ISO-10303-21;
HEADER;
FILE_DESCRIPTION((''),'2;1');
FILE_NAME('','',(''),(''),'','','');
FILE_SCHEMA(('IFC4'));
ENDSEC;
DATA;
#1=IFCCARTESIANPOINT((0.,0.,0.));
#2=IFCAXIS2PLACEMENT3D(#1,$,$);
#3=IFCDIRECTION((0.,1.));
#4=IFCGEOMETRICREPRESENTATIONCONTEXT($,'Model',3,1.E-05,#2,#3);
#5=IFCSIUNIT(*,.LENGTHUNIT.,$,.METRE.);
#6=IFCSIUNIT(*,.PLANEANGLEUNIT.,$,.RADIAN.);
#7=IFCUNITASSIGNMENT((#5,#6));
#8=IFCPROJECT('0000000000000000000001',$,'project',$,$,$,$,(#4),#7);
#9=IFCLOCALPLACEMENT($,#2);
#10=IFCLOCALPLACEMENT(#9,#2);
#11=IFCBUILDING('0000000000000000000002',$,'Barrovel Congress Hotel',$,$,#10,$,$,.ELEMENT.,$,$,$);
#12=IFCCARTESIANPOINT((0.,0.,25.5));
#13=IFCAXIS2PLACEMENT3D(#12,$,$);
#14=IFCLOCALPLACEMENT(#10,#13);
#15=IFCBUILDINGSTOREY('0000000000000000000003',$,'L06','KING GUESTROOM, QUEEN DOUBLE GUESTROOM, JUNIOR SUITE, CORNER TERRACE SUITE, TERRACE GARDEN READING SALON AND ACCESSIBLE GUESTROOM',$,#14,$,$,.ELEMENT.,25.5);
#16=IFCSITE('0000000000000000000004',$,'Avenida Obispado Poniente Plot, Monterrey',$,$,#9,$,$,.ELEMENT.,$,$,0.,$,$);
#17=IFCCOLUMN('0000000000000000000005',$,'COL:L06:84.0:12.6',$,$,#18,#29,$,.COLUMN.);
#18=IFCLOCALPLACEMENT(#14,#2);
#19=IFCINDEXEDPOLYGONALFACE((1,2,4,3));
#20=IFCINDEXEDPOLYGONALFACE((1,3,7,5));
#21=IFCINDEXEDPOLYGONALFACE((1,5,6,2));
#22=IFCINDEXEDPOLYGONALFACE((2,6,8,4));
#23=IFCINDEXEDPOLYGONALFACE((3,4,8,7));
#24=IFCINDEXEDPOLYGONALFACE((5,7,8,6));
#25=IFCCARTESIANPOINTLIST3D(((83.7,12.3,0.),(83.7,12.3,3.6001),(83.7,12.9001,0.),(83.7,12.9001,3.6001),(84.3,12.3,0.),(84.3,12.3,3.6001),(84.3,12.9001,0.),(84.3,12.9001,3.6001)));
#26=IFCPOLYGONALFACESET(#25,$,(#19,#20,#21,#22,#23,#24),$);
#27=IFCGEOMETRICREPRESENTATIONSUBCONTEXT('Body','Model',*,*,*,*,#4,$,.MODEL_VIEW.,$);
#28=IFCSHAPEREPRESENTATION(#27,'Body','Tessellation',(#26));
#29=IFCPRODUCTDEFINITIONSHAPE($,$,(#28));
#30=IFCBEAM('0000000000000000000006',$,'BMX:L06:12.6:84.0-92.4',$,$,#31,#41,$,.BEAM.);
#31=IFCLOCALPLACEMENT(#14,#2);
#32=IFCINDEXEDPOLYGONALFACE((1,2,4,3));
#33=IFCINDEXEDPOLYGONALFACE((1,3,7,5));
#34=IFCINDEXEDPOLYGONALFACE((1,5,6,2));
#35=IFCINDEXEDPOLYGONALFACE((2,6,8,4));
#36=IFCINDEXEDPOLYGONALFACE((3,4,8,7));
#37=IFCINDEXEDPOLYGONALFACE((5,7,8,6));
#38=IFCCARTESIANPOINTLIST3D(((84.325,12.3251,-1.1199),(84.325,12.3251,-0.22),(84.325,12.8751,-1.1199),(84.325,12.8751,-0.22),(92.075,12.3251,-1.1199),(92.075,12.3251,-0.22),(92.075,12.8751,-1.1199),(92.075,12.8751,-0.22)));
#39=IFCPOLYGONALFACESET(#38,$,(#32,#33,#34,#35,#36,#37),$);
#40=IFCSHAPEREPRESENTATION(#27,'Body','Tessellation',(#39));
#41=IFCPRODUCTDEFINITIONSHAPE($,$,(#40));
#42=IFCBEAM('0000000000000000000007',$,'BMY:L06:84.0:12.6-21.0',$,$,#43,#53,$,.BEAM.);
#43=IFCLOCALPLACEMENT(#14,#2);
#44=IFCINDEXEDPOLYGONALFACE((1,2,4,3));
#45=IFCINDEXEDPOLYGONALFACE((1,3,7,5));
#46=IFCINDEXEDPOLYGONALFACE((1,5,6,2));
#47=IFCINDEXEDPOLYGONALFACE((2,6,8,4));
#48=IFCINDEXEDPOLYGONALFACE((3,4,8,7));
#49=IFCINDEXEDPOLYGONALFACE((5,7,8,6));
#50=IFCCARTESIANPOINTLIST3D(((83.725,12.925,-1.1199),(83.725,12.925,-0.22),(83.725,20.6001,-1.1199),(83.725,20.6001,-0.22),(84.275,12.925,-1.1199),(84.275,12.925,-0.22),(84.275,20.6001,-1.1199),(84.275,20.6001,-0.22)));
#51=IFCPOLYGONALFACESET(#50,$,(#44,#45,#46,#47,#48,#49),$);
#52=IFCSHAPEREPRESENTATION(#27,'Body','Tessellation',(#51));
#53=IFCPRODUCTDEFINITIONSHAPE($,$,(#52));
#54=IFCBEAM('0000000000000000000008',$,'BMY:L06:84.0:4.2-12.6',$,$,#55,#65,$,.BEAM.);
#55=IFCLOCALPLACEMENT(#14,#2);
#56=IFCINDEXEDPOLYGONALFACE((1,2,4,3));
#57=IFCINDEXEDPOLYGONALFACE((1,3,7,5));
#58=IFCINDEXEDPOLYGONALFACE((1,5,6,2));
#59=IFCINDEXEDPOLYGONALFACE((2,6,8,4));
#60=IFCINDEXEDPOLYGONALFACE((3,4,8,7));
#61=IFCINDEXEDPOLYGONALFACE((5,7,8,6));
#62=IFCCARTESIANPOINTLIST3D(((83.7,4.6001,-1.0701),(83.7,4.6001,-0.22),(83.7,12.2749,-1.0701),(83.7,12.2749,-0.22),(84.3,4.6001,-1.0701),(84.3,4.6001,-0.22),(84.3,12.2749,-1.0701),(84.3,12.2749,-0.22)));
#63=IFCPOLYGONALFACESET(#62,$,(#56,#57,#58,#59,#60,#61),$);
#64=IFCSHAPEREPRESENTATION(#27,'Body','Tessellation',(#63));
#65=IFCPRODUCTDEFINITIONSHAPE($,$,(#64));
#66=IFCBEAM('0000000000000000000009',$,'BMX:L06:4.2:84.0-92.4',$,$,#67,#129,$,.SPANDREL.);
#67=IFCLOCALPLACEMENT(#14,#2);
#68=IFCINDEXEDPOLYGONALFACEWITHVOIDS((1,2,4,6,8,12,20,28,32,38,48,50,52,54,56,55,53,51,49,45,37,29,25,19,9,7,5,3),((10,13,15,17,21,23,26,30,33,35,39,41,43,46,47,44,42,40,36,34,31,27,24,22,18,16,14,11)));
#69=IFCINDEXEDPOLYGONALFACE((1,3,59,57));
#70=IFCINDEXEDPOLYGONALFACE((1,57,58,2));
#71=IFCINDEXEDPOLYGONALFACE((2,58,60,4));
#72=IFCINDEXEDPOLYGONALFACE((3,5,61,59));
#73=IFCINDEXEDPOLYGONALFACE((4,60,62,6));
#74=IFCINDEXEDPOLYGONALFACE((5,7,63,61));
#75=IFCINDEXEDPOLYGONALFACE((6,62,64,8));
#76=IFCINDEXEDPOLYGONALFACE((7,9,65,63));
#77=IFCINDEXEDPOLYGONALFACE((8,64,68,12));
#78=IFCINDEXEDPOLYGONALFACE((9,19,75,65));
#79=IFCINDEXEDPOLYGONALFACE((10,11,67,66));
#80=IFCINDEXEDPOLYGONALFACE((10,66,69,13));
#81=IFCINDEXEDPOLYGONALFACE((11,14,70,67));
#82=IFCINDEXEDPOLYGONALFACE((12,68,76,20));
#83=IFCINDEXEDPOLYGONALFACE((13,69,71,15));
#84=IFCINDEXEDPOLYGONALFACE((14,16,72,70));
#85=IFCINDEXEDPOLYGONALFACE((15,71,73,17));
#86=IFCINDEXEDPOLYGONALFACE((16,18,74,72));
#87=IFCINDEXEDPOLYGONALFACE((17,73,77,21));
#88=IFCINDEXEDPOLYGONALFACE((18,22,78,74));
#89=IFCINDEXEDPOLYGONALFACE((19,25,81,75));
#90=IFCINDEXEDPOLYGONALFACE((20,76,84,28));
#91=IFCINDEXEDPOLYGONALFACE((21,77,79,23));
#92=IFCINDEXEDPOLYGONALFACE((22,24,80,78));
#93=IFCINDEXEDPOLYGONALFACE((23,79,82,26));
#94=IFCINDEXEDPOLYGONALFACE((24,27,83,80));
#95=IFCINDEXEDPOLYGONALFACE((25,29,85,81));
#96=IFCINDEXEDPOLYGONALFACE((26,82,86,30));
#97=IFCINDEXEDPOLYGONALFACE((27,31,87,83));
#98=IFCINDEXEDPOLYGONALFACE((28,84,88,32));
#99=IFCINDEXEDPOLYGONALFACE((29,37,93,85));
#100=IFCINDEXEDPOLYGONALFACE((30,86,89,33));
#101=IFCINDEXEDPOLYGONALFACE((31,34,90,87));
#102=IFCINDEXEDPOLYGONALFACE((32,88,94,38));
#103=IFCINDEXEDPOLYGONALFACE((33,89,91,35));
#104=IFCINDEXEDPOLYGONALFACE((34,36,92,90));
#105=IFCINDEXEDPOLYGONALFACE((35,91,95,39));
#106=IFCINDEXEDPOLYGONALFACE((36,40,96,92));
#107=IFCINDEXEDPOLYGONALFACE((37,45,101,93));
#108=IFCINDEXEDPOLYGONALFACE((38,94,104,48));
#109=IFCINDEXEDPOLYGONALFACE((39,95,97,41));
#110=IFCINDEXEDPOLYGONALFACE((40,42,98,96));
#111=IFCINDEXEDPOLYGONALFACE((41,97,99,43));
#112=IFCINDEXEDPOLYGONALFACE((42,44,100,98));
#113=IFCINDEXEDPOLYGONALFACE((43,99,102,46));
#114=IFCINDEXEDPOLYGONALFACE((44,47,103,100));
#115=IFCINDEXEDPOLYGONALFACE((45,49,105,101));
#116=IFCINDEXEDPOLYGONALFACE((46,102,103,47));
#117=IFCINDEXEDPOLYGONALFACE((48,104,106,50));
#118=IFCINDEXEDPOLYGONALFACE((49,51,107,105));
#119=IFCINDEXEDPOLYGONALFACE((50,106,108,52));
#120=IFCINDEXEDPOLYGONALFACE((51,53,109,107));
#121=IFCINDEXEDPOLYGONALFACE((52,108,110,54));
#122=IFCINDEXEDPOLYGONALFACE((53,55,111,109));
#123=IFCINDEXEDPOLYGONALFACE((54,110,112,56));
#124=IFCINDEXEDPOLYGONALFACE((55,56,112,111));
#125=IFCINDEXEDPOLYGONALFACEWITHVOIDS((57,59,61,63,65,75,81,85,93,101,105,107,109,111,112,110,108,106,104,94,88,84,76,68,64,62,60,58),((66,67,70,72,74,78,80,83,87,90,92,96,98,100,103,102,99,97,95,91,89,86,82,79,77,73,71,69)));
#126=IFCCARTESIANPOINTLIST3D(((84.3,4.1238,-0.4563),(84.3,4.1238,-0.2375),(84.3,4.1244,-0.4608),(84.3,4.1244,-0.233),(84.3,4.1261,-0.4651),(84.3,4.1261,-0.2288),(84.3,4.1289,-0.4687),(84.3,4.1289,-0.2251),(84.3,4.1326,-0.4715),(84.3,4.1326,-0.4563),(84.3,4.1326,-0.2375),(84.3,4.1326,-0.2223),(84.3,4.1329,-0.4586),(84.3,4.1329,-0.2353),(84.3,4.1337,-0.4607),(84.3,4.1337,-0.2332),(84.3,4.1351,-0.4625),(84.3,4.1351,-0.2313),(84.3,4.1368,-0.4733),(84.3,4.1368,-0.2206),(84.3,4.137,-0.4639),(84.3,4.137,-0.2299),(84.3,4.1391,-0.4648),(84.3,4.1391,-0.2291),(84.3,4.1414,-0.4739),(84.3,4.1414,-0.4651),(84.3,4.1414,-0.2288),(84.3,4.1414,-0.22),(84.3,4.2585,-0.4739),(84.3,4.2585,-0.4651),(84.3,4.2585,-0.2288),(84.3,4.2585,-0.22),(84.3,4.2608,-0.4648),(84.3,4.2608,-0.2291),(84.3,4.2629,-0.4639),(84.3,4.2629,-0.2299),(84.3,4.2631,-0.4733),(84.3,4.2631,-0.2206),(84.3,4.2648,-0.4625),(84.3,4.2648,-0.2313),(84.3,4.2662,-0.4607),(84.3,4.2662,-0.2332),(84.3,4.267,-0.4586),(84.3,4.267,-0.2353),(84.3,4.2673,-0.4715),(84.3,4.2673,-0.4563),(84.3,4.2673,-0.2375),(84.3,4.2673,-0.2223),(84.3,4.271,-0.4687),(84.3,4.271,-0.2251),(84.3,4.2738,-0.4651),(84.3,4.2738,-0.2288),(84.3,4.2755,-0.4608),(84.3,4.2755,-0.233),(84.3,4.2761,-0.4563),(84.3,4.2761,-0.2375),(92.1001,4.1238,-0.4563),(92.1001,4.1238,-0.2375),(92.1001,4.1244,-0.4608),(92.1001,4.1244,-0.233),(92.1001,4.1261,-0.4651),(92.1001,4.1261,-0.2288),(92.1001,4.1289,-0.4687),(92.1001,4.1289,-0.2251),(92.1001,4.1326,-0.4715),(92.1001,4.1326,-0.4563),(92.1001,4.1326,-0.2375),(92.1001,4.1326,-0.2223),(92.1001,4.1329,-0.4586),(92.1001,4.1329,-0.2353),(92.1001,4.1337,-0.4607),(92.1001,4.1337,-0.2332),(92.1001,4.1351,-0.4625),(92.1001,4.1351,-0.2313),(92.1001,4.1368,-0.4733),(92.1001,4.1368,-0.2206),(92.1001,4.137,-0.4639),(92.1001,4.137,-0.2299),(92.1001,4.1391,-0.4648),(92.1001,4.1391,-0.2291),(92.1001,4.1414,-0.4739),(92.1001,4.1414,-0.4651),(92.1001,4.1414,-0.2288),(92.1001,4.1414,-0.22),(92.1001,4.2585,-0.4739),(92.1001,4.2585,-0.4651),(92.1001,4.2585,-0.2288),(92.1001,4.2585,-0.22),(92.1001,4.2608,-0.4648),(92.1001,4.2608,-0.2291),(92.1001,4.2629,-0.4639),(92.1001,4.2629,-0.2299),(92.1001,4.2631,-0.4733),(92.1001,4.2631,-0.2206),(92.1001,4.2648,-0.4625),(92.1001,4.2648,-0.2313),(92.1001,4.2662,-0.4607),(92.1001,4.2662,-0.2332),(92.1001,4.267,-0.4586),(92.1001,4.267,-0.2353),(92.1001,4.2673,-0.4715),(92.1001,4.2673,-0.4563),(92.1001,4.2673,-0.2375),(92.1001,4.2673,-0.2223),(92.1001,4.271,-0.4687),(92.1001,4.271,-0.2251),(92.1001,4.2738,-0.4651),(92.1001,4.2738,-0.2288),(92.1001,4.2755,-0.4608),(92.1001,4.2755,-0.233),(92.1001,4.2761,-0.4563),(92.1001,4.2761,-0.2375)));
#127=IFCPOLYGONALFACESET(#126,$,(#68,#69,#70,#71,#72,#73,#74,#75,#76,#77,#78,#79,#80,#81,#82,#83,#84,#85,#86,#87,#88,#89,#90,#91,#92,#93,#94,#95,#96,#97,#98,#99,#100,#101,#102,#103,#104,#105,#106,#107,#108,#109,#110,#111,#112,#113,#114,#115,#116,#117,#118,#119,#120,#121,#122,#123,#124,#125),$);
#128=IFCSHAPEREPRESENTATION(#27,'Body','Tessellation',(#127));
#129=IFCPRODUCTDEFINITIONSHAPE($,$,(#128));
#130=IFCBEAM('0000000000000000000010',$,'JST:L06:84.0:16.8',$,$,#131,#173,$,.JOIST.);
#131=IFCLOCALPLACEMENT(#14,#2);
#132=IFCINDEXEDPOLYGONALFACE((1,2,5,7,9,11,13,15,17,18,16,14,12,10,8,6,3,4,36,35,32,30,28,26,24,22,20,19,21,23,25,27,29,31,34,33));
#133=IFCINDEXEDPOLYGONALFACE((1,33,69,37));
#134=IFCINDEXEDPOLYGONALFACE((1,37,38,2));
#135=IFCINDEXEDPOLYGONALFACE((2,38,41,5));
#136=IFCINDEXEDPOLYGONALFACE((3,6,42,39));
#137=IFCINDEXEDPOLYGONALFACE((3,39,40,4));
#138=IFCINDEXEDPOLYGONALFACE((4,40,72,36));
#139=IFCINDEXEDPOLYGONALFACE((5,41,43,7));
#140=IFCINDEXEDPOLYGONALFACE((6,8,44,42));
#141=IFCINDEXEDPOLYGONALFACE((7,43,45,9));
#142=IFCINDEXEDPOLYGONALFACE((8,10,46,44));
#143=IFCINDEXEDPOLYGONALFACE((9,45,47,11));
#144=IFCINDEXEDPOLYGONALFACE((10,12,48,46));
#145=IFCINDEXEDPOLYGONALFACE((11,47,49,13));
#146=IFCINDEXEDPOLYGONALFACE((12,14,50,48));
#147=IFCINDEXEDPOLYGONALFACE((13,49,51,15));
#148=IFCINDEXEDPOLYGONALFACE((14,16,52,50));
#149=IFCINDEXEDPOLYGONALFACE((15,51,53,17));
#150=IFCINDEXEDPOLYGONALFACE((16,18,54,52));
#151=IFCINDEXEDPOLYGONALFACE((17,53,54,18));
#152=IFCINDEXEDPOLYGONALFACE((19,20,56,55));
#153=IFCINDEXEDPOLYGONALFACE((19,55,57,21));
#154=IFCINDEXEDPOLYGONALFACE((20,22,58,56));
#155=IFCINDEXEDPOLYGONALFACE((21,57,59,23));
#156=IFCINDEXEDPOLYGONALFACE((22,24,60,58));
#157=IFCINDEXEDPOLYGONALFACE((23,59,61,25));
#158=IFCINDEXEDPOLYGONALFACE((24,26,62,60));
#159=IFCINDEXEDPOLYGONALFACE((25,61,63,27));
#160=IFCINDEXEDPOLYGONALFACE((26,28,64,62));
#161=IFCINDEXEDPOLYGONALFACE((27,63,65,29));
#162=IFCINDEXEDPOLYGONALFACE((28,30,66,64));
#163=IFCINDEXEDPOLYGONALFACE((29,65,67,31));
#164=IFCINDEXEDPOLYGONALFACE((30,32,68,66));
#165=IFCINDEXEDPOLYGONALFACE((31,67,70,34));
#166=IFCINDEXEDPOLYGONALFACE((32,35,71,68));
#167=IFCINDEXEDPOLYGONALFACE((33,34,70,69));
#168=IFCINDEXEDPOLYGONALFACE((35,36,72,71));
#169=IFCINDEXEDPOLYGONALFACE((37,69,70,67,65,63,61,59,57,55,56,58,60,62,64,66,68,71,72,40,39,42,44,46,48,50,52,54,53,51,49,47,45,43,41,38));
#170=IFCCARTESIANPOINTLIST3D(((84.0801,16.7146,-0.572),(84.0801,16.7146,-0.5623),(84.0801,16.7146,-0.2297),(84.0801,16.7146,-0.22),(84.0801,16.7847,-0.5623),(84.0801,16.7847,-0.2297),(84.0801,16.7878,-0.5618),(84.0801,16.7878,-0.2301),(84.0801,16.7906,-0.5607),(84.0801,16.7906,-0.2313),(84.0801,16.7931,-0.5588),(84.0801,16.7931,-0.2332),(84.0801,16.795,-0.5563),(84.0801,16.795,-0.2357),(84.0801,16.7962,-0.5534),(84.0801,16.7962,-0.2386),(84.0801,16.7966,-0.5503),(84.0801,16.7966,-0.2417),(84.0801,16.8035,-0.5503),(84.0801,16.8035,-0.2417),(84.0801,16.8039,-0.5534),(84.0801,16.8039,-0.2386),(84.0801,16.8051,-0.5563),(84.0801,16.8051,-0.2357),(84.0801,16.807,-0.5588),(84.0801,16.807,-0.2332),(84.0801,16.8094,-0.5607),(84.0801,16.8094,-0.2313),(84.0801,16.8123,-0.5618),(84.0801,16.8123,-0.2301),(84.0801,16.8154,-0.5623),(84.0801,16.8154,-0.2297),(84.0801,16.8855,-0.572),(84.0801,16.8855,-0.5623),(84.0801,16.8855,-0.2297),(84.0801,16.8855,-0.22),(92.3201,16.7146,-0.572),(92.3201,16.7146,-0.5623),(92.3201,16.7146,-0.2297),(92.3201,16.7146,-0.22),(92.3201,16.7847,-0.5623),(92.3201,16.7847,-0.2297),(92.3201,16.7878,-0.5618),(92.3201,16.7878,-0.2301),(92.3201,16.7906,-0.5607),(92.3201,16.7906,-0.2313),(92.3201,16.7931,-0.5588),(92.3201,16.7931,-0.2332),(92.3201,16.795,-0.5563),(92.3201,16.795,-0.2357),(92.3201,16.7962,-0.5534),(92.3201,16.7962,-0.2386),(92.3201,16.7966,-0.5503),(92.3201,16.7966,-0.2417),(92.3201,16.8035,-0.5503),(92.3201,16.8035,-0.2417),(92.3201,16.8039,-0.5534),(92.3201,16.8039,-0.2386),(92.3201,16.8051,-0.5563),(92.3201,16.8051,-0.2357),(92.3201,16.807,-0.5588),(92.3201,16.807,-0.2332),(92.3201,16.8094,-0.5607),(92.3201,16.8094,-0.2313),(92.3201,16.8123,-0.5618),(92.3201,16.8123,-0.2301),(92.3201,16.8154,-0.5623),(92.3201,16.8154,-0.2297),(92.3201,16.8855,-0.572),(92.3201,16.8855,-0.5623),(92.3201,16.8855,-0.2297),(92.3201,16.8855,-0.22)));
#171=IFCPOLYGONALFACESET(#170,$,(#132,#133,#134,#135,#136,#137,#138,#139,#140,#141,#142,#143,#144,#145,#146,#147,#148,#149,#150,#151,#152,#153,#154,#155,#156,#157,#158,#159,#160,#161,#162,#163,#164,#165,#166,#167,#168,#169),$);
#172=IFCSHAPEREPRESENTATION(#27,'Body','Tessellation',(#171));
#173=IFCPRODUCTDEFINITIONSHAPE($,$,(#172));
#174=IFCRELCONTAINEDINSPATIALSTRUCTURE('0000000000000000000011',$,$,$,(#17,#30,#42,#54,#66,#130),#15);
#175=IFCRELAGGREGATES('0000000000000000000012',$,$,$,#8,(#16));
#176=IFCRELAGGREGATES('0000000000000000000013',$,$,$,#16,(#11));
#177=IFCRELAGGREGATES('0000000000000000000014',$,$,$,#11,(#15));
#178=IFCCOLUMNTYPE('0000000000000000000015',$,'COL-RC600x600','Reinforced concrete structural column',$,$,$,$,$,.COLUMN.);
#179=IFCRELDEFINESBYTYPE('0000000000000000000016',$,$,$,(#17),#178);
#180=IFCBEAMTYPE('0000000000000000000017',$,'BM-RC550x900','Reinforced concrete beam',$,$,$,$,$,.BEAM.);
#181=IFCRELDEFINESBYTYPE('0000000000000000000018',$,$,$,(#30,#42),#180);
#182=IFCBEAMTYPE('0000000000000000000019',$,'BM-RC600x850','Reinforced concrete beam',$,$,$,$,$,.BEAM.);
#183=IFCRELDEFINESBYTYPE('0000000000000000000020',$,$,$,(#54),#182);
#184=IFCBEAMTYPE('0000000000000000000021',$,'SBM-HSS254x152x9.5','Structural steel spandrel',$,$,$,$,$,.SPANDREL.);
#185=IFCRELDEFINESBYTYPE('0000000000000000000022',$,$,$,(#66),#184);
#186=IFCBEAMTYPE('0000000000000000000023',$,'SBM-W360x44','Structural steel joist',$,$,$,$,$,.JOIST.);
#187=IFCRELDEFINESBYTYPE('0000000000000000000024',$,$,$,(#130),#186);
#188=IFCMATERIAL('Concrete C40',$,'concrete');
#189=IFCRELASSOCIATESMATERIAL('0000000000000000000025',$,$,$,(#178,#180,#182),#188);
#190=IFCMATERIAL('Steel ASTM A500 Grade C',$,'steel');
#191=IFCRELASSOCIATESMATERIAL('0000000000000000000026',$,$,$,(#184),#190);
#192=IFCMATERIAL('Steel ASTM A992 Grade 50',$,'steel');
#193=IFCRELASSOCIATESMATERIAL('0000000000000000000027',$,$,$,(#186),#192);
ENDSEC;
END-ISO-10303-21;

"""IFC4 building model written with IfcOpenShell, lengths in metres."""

from ifc_helpers import new_model, si_unit, direction, frame, origin, origin_2d, place, context, subcontext, project, spatial, rectangle, hollow_rectangle, i_section, extrude, material, material_profile, profile_set, type_object, element, save


model = new_model("IFC4")

# Units and contexts
model_context = context("Model", 3, precision=1e-05, world=origin(), true_north=direction((0.0, 1.0)))
body_context = subcontext(model_context, "Body", "Model", "MODEL_VIEW")
ifc_project = project(units=[si_unit("LENGTHUNIT", "METRE"), si_unit("PLANEANGLEUNIT", "RADIAN")], contexts=[model_context])

# Site, building, storey
site_placement = place(None, origin())
site = spatial("IfcSite", under=ifc_project, at=site_placement, Name="Avenida Obispado Poniente Plot, Monterrey", CompositionType="ELEMENT", RefElevation=0.0)
building_placement = place(site_placement, origin())
building = spatial("IfcBuilding", under=site, at=building_placement, Name="Barrovel Congress Hotel", CompositionType="ELEMENT")
storey_placement = place(building_placement, frame((0.0, 0.0, 25.5)))
storey = spatial("IfcBuildingStorey", under=building, at=storey_placement, Name="L06", Description="KING GUESTROOM, QUEEN DOUBLE GUESTROOM, JUNIOR SUITE, CORNER TERRACE SUITE, TERRACE GARDEN READING SALON AND ACCESSIBLE GUESTROOM", CompositionType="ELEMENT", Elevation=25.5)

# Column
ifc_material_1 = material(Name="Concrete C40", Category="concrete")
ifc_material_profile_1 = material_profile(ifc_material_1, rectangle(XDim=0.6001, YDim=0.6001, at=origin_2d()), Name="RC600x600")
ifc_profile_set_1 = profile_set([ifc_material_profile_1], Name="Concrete C40")
column_type = type_object("IfcColumnType", Name="COL-RC600x600", Description="Reinforced concrete structural column", PredefinedType="COLUMN", material=ifc_profile_set_1)
column_placement = place(storey_placement, frame((84.0, 12.6001, 0.0), z_axis=(0.0, 0.0, 1.0), x_axis=(1.0, 0.0, 0.0)))
element("IfcColumn", 1, at=column_placement, inside=storey, type_object=column_type, Name="COL:L06:84.0:12.6", PredefinedType="COLUMN", context=body_context, shape_type="SweptSolid", body=[
    extrude(rectangle(XDim=0.6001, YDim=0.6001, at=origin_2d()), origin(), (0.0, 0.0, 1.0), 3.6001),
])

# Beams
ifc_material_profile_2 = material_profile(ifc_material_1, rectangle(XDim=0.55, YDim=0.8999, at=origin_2d()), Name="RC550x900")
ifc_profile_set_2 = profile_set([ifc_material_profile_2], Name="Concrete C40")
beam_type_1 = type_object("IfcBeamType", Name="BM-RC550x900", Description="Reinforced concrete beam", PredefinedType="BEAM", material=ifc_profile_set_2)
beam_1_placement = place(storey_placement, frame((84.325, 12.6001, -0.6699), z_axis=(1.0, 0.0, 0.0), x_axis=(0.0, 1.0, 0.0)))
element("IfcBeam", 2, at=beam_1_placement, inside=storey, type_object=beam_type_1, Name="BMX:L06:12.6:84.0-92.4", PredefinedType="BEAM", context=body_context, shape_type="SweptSolid", body=[
    extrude(rectangle(XDim=0.55, YDim=0.8999, at=origin_2d()), origin(), (0.0, 0.0, 1.0), 7.75),
])
beam_2_placement = place(storey_placement, frame((84.0, 12.925, -0.6699), z_axis=(0.0, 1.0, 0.0), x_axis=(-1.0, 0.0, 0.0)))
element("IfcBeam", 3, at=beam_2_placement, inside=storey, type_object=beam_type_1, Name="BMY:L06:84.0:12.6-21.0", PredefinedType="BEAM", context=body_context, shape_type="SweptSolid", body=[
    extrude(rectangle(XDim=0.55, YDim=0.8999, at=origin_2d()), origin(), (0.0, 0.0, 1.0), 7.675),
])
ifc_material_profile_3 = material_profile(ifc_material_1, rectangle(XDim=0.6001, YDim=0.8501, at=origin_2d()), Name="RC600x850")
ifc_profile_set_3 = profile_set([ifc_material_profile_3], Name="Concrete C40")
beam_type_2 = type_object("IfcBeamType", Name="BM-RC600x850", Description="Reinforced concrete beam", PredefinedType="BEAM", material=ifc_profile_set_3)
beam_3_placement = place(storey_placement, frame((84.0, 4.6001, -0.645), z_axis=(0.0, 1.0, 0.0), x_axis=(-1.0, 0.0, 0.0)))
element("IfcBeam", 4, at=beam_3_placement, inside=storey, type_object=beam_type_2, Name="BMY:L06:84.0:4.2-12.6", PredefinedType="BEAM", context=body_context, shape_type="SweptSolid", body=[
    extrude(rectangle(XDim=0.6001, YDim=0.8501, at=origin_2d()), origin(), (0.0, 0.0, 1.0), 7.6748),
])
ifc_material_2 = material(Name="Steel ASTM A500 Grade C", Category="steel")
ifc_material_profile_4 = material_profile(ifc_material_2, hollow_rectangle(XDim=0.1523, YDim=0.2539, WallThickness=0.0088, InnerFilletRadius=0.0088, OuterFilletRadius=0.0176, at=origin_2d()), Name="HSS254x152x9.5")
ifc_profile_set_4 = profile_set([ifc_material_profile_4], Name="Steel ASTM A500 Grade C")
beam_type_3 = type_object("IfcBeamType", Name="SBM-HSS254x152x9.5", Description="Structural steel spandrel", PredefinedType="SPANDREL", material=ifc_profile_set_4)
beam_4_placement = place(storey_placement, frame((84.3, 4.2, -0.3469), z_axis=(1.0, 0.0, 0.0), x_axis=(0.0, 1.0, 0.0)))
element("IfcBeam", 5, at=beam_4_placement, inside=storey, type_object=beam_type_3, Name="BMX:L06:4.2:84.0-92.4", PredefinedType="SPANDREL", context=body_context, shape_type="SweptSolid", body=[
    extrude(hollow_rectangle(XDim=0.1523, YDim=0.2539, WallThickness=0.0088, InnerFilletRadius=0.0088, OuterFilletRadius=0.0176, at=origin_2d()), origin(), (0.0, 0.0, 1.0), 7.8),
])
ifc_material_3 = material(Name="Steel ASTM A992 Grade 50", Category="steel")
ifc_material_profile_5 = material_profile(ifc_material_3, i_section(OverallWidth=0.1709, OverallDepth=0.3521, WebThickness=0.0068, FlangeThickness=0.0098, FilletRadius=0.012, at=origin_2d()), Name="W360x44")
ifc_profile_set_5 = profile_set([ifc_material_profile_5], Name="Steel ASTM A992 Grade 50")
beam_type_4 = type_object("IfcBeamType", Name="SBM-W360x44", Description="Structural steel joist", PredefinedType="JOIST", material=ifc_profile_set_5)
beam_5_placement = place(storey_placement, frame((84.0801, 16.8, -0.396), z_axis=(1.0, 0.0, 0.0), x_axis=(0.0, 1.0, 0.0)))
element("IfcBeam", 6, at=beam_5_placement, inside=storey, type_object=beam_type_4, Name="JST:L06:84.0:16.8", PredefinedType="JOIST", context=body_context, shape_type="SweptSolid", body=[
    extrude(i_section(OverallWidth=0.1709, OverallDepth=0.3521, WebThickness=0.0068, FlangeThickness=0.0098, FilletRadius=0.012, at=origin_2d()), origin(), (0.0, 0.0, 1.0), 8.24),
])

save(model, "model.ifc")
